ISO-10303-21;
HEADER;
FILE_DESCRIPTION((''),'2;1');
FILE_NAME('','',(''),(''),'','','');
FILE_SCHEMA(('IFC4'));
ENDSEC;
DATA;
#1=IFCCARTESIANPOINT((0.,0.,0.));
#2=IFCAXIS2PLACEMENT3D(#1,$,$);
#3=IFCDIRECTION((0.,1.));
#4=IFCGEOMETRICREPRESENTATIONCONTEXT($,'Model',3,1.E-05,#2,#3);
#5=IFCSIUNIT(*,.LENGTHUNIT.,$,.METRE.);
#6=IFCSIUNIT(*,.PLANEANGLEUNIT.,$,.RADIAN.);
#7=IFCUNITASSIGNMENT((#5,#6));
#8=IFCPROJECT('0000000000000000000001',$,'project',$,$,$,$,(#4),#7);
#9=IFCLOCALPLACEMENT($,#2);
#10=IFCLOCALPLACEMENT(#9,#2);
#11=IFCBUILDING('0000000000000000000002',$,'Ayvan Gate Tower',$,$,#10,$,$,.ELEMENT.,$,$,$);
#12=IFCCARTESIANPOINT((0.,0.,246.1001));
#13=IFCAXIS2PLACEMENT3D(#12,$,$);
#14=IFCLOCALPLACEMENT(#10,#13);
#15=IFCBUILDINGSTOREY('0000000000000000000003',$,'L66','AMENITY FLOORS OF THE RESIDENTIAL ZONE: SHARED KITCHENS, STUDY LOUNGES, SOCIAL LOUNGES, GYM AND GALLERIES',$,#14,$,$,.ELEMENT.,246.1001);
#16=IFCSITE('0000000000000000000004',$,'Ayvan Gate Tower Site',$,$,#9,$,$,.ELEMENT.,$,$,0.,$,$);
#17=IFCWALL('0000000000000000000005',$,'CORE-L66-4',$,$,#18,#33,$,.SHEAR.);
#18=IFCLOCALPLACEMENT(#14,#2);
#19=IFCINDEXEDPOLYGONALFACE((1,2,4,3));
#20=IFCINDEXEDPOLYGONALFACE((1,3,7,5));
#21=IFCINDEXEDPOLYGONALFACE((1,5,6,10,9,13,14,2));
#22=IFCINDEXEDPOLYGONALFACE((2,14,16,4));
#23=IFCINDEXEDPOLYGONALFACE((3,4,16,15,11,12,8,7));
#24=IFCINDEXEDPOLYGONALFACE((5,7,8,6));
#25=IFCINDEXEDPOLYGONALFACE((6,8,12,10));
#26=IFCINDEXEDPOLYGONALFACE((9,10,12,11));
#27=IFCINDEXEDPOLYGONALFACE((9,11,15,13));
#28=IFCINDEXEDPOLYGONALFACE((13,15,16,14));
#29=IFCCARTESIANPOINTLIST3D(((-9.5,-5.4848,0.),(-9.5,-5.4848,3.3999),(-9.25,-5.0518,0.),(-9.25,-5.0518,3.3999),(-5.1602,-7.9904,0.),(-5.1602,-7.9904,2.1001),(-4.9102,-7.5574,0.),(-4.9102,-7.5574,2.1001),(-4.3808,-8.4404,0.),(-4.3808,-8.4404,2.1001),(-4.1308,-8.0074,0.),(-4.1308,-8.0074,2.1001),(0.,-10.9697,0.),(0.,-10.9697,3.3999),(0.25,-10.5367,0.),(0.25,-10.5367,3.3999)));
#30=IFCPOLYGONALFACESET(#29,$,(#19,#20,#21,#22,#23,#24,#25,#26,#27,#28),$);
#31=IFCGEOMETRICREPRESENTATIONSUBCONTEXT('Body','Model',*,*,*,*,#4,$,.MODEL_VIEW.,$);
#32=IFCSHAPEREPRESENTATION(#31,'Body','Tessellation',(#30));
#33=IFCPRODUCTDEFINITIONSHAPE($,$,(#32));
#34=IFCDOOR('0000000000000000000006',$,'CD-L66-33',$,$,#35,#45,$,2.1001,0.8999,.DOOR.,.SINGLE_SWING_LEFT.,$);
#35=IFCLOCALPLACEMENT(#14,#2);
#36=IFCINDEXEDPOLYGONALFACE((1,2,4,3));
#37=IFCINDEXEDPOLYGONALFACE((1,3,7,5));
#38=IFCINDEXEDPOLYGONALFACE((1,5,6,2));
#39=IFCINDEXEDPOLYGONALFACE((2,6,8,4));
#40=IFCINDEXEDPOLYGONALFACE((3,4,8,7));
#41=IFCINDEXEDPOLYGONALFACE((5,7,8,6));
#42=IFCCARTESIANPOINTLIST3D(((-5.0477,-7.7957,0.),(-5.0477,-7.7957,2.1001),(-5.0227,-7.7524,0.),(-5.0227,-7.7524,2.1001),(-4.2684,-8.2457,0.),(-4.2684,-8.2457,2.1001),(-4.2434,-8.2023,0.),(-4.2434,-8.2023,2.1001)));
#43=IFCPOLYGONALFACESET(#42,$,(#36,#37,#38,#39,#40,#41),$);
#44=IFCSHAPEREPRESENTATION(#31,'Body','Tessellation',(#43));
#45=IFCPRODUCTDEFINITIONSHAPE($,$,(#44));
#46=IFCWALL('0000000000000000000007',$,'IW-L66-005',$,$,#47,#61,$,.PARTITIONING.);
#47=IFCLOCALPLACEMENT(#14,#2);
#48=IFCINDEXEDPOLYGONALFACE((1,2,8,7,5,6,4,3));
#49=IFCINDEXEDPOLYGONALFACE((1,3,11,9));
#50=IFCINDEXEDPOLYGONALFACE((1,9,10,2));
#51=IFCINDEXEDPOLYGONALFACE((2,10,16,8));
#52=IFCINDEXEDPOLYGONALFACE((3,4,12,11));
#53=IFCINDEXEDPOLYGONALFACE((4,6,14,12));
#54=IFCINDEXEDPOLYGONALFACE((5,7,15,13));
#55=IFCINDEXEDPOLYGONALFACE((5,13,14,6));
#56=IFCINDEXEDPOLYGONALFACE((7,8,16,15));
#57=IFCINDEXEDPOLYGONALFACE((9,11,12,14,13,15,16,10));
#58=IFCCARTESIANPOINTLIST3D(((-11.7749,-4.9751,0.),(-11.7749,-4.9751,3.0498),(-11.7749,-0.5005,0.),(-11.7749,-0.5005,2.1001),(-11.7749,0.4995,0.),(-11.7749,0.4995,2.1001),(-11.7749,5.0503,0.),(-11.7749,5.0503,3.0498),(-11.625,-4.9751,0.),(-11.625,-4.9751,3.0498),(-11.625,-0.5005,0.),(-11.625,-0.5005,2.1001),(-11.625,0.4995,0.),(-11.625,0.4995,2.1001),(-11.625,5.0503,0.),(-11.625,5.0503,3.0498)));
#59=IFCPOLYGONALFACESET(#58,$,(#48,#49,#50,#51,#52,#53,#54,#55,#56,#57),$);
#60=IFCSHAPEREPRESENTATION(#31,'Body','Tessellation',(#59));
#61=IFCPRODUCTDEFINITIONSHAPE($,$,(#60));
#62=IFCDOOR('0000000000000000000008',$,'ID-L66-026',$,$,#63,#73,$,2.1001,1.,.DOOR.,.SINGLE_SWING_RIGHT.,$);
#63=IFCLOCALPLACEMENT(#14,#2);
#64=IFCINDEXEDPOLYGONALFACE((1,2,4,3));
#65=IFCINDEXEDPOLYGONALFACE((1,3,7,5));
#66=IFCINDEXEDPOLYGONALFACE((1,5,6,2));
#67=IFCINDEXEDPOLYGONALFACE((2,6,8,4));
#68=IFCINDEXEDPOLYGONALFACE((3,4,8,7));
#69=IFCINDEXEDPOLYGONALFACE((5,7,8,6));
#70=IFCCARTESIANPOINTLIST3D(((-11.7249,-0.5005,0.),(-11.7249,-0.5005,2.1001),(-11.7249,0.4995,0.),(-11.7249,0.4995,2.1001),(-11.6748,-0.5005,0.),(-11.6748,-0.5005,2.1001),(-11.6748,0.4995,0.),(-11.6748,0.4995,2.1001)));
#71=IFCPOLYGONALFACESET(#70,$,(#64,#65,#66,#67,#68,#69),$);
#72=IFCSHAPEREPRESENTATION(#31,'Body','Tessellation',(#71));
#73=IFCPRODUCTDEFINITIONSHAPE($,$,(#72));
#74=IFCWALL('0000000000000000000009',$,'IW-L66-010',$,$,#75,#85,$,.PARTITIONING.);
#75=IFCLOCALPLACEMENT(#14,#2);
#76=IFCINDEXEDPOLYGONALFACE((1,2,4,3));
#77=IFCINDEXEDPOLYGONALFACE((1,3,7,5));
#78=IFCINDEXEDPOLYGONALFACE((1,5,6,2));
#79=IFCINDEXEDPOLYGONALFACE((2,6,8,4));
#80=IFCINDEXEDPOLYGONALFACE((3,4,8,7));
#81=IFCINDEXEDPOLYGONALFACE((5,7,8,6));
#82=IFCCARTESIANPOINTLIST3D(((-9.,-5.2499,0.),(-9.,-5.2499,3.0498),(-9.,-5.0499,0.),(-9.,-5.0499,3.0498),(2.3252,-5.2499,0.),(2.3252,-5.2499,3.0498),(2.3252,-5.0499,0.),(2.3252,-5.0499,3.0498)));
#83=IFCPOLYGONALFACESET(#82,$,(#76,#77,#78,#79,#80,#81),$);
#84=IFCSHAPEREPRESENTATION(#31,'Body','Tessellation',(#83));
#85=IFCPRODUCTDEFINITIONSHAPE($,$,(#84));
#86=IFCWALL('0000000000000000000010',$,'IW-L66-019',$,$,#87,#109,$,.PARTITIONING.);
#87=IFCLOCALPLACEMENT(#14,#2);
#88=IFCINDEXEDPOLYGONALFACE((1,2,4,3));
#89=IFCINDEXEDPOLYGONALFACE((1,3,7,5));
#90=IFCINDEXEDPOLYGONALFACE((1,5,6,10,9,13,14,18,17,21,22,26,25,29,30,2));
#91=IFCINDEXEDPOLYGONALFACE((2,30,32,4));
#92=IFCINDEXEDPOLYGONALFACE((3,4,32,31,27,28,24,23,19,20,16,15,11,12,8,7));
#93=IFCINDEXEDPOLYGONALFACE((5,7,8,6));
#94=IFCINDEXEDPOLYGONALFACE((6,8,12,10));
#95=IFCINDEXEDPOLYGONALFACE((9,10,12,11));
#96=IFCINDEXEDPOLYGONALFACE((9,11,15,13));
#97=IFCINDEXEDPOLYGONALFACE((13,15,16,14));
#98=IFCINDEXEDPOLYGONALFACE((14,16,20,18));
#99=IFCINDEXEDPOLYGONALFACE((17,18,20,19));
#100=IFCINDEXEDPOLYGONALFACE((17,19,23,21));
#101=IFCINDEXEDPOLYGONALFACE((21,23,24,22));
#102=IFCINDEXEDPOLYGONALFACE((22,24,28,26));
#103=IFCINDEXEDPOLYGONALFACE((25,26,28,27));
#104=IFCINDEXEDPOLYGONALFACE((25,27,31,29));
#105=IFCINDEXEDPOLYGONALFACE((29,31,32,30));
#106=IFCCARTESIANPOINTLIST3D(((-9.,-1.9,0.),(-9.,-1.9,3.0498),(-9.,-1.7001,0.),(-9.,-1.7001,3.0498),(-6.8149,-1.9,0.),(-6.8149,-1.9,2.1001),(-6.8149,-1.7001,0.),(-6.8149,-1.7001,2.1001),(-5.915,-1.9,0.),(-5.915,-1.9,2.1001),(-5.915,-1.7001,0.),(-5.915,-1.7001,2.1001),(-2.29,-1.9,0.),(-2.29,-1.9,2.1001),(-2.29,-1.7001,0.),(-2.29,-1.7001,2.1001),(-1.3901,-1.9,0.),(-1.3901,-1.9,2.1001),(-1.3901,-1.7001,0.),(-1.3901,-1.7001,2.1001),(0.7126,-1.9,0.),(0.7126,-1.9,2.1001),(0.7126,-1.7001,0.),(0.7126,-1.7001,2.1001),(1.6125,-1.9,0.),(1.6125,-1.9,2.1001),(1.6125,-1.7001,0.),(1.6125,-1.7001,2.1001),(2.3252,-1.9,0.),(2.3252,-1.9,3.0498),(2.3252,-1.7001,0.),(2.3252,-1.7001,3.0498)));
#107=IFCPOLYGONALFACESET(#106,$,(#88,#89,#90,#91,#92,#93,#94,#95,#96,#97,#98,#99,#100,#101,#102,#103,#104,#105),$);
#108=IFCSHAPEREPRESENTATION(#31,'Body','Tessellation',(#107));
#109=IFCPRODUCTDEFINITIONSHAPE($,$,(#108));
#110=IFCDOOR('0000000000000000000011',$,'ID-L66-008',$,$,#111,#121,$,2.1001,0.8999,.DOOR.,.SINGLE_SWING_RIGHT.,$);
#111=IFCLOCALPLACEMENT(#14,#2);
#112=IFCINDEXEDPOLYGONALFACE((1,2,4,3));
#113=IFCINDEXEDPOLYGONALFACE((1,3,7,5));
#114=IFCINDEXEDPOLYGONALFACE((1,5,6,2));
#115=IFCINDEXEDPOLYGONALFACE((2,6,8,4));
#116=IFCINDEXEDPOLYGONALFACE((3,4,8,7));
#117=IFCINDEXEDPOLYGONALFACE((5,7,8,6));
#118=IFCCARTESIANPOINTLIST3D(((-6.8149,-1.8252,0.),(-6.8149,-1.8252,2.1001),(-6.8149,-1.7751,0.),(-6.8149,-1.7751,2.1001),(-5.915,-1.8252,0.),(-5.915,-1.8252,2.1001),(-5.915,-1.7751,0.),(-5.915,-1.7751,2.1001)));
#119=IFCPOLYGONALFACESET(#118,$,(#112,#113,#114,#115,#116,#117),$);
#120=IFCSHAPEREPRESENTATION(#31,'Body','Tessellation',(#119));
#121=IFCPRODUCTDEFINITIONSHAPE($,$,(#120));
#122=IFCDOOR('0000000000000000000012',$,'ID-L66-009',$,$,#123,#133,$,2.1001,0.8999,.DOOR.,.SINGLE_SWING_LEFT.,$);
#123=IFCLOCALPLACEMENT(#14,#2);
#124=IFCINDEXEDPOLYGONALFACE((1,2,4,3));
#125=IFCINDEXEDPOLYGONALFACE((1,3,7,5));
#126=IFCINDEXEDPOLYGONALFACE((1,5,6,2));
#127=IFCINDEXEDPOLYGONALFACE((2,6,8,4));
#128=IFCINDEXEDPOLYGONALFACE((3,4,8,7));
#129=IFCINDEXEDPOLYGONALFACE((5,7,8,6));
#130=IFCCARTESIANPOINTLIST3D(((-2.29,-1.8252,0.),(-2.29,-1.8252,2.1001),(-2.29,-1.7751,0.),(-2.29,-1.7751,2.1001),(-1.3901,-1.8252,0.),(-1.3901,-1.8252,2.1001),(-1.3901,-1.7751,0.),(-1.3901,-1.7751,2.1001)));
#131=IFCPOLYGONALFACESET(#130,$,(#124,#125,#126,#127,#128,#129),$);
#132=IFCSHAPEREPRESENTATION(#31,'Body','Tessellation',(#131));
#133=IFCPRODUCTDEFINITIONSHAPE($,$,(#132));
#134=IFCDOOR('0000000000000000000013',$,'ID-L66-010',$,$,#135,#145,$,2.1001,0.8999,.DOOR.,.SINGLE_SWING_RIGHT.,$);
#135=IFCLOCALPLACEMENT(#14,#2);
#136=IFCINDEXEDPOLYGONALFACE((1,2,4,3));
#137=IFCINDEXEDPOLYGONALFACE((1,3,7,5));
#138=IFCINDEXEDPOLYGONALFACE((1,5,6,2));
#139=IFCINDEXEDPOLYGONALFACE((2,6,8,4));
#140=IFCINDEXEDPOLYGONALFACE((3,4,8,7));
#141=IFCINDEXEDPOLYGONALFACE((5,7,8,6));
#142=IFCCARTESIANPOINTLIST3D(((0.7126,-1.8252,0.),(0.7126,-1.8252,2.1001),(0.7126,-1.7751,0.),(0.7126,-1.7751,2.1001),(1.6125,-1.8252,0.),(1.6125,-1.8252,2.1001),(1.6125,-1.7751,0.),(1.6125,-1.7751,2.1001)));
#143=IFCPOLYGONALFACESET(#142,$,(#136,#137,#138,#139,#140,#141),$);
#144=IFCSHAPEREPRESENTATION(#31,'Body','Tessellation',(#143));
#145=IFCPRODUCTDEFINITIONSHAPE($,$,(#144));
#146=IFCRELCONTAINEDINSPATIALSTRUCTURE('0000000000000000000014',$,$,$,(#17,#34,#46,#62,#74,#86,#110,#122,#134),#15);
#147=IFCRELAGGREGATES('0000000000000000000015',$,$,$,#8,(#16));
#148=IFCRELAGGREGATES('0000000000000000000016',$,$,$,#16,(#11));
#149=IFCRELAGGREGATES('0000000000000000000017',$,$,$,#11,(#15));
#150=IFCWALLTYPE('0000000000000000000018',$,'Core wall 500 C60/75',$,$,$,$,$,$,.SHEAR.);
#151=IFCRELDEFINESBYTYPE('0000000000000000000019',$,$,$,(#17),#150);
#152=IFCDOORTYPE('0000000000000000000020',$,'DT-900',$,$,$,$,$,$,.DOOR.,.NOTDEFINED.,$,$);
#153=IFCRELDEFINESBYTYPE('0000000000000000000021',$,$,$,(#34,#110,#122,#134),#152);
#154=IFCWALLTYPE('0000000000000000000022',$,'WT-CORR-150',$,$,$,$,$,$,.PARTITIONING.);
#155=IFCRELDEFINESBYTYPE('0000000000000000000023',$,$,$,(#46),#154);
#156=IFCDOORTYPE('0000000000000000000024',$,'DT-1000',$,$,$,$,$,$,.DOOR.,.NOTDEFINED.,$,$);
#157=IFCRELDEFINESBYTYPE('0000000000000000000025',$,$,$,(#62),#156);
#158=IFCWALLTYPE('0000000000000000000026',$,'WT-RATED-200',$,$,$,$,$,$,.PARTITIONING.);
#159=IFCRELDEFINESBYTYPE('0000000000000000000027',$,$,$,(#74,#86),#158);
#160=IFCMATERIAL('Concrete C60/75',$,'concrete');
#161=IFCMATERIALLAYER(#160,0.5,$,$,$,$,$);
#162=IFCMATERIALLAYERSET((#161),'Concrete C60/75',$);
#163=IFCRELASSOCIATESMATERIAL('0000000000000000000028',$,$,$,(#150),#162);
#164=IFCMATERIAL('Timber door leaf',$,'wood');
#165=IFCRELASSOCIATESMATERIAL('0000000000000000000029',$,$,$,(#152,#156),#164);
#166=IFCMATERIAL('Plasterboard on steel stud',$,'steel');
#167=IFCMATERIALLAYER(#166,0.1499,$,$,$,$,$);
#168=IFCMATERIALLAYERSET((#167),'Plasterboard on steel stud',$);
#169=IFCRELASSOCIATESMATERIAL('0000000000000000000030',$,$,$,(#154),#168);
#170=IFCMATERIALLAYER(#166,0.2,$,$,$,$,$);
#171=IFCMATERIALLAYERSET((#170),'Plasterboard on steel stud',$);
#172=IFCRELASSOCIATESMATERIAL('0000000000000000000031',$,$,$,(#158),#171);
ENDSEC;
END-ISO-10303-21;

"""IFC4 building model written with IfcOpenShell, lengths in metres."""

from ifc_helpers import new_model, si_unit, direction, frame, frame_2d, origin, place, context, subcontext, project, spatial, rectangle, extrude, material, layer, layer_set, type_object, element, fill, save


model = new_model("IFC4")

# Units and contexts
model_context = context("Model", 3, precision=1e-05, world=origin(), true_north=direction((0.0, 1.0)))
body_context = subcontext(model_context, "Body", "Model", "MODEL_VIEW")
ifc_project = project(units=[si_unit("LENGTHUNIT", "METRE"), si_unit("PLANEANGLEUNIT", "RADIAN")], contexts=[model_context])

# Site, building, storey
site_placement = place(None, origin())
site = spatial("IfcSite", under=ifc_project, at=site_placement, Name="Ayvan Gate Tower Site", CompositionType="ELEMENT", RefElevation=0.0)
building_placement = place(site_placement, origin())
building = spatial("IfcBuilding", under=site, at=building_placement, Name="Ayvan Gate Tower", CompositionType="ELEMENT")
storey_placement = place(building_placement, frame((0.0, 0.0, 246.1001)))
storey = spatial("IfcBuildingStorey", under=building, at=storey_placement, Name="L66", Description="AMENITY FLOORS OF THE RESIDENTIAL ZONE: SHARED KITCHENS, STUDY LOUNGES, SOCIAL LOUNGES, GYM AND GALLERIES", CompositionType="ELEMENT", Elevation=246.1001)

# Walls, openings, doors
ifc_material_1 = material(Name="Concrete C60/75", Category="concrete")
ifc_layer_1 = layer(ifc_material_1, 0.5)
ifc_layer_set_1 = layer_set([ifc_layer_1], Name="Concrete C60/75")
wall_type_1 = type_object("IfcWallType", Name="Core wall 500 C60/75", PredefinedType="SHEAR", material=ifc_layer_set_1)
wall_1_placement = place(storey_placement, frame((-9.375, -5.2683, 0.0), z_axis=(0.0, 0.0, 1.0), x_axis=(0.866024, -0.500002, 0.0)))
wall_1 = element("IfcWall", 1, at=wall_1_placement, inside=storey, type_object=wall_type_1, Name="CORE-L66-4", PredefinedType="SHEAR", context=body_context, shape_type="SweptSolid", body=[
    extrude(rectangle(XDim=10.9697, YDim=0.5, at=frame_2d((5.4849, 0.0))), origin(), (0.0, 0.0, 1.0), 3.3999),
])
opening_1_placement = place(wall_1_placement, frame((5.0112, 0.0, 0.0)))
opening_1 = element("IfcOpeningElement", 2, at=opening_1_placement, cuts=wall_1, PredefinedType="OPENING", context=body_context, shape_type="SweptSolid", body=[
    extrude(rectangle(XDim=0.8999, YDim=2.1001, at=frame_2d((0.45, 1.05))), frame((0.0, 0.26, 0.0), z_axis=(0.0, -1.0, 0.0), x_axis=(1.0, 0.0, 0.0)), (0.0, 0.0, 1.0), 0.52),
])
ifc_material_2 = material(Name="Timber door leaf", Category="wood")
door_type_1 = type_object("IfcDoorType", Name="DT-900", OperationType="NOTDEFINED", PredefinedType="DOOR", material=ifc_material_2)
door_1_placement = place(opening_1_placement, origin())
door_1 = element("IfcDoor", 3, at=door_1_placement, inside=storey, type_object=door_type_1, Name="CD-L66-33", OperationType="SINGLE_SWING_LEFT", OverallHeight=2.1001, OverallWidth=0.8999, PredefinedType="DOOR", context=body_context, shape_type="SweptSolid", body=[
    extrude(rectangle(XDim=0.8999, YDim=2.1001, at=frame_2d((0.45, 1.05))), frame((0.0, 0.0249, 0.0), z_axis=(0.0, -1.0, 0.0), x_axis=(1.0, 0.0, 0.0)), (0.0, 0.0, 1.0), 0.05),
])
fill(opening_1, door_1)
ifc_material_3 = material(Name="Plasterboard on steel stud", Category="steel")
ifc_layer_2 = layer(ifc_material_3, 0.1499)
ifc_layer_set_2 = layer_set([ifc_layer_2], Name="Plasterboard on steel stud")
wall_type_2 = type_object("IfcWallType", Name="WT-CORR-150", PredefinedType="PARTITIONING", material=ifc_layer_set_2)
wall_2_placement = place(storey_placement, frame((-11.7, -4.9751, 0.0), z_axis=(0.0, 0.0, 1.0), x_axis=(0.0, 1.0, 0.0)))
wall_2 = element("IfcWall", 4, at=wall_2_placement, inside=storey, type_object=wall_type_2, Name="IW-L66-005", PredefinedType="PARTITIONING", context=body_context, shape_type="SweptSolid", body=[
    extrude(rectangle(XDim=10.0254, YDim=0.1499, at=frame_2d((5.0127, 0.0))), origin(), (0.0, 0.0, 1.0), 3.0498),
])
opening_2_placement = place(wall_2_placement, frame((4.4746, 0.0, 0.0)))
opening_2 = element("IfcOpeningElement", 5, at=opening_2_placement, cuts=wall_2, PredefinedType="OPENING", context=body_context, shape_type="SweptSolid", body=[
    extrude(rectangle(XDim=1.0, YDim=2.1001, at=frame_2d((0.5, 1.05))), frame((0.0, 0.085, 0.0), z_axis=(0.0, -1.0, 0.0), x_axis=(1.0, 0.0, 0.0)), (0.0, 0.0, 1.0), 0.1699),
])
door_type_2 = type_object("IfcDoorType", Name="DT-1000", OperationType="NOTDEFINED", PredefinedType="DOOR", material=ifc_material_2)
door_2_placement = place(opening_2_placement, origin())
door_2 = element("IfcDoor", 6, at=door_2_placement, inside=storey, type_object=door_type_2, Name="ID-L66-026", OperationType="SINGLE_SWING_RIGHT", OverallHeight=2.1001, OverallWidth=1.0, PredefinedType="DOOR", context=body_context, shape_type="SweptSolid", body=[
    extrude(rectangle(XDim=1.0, YDim=2.1001, at=frame_2d((0.5, 1.05))), frame((0.0, 0.0249, 0.0), z_axis=(0.0, -1.0, 0.0), x_axis=(1.0, 0.0, 0.0)), (0.0, 0.0, 1.0), 0.05),
])
fill(opening_2, door_2)

# Wall
ifc_layer_3 = layer(ifc_material_3, 0.2)
ifc_layer_set_3 = layer_set([ifc_layer_3], Name="Plasterboard on steel stud")
wall_type_3 = type_object("IfcWallType", Name="WT-RATED-200", PredefinedType="PARTITIONING", material=ifc_layer_set_3)
wall_3_placement = place(storey_placement, frame((-9.0, -5.1499, 0.0), z_axis=(0.0, 0.0, 1.0), x_axis=(1.0, 0.0, 0.0)))
element("IfcWall", 7, at=wall_3_placement, inside=storey, type_object=wall_type_3, Name="IW-L66-010", PredefinedType="PARTITIONING", context=body_context, shape_type="SweptSolid", body=[
    extrude(rectangle(XDim=11.3252, YDim=0.2, at=frame_2d((5.6626, 0.0))), origin(), (0.0, 0.0, 1.0), 3.0498),
])

# Wall, openings, doors
wall_4_placement = place(storey_placement, frame((-9.0, -1.8, 0.0), z_axis=(0.0, 0.0, 1.0), x_axis=(1.0, 0.0, 0.0)))
wall_4 = element("IfcWall", 8, at=wall_4_placement, inside=storey, type_object=wall_type_3, Name="IW-L66-019", PredefinedType="PARTITIONING", context=body_context, shape_type="SweptSolid", body=[
    extrude(rectangle(XDim=11.3252, YDim=0.2, at=frame_2d((5.6626, 0.0))), origin(), (0.0, 0.0, 1.0), 3.0498),
])
opening_3_placement = place(wall_4_placement, frame((2.1851, 0.0, 0.0)))
opening_3 = element("IfcOpeningElement", 9, at=opening_3_placement, cuts=wall_4, PredefinedType="OPENING", context=body_context, shape_type="SweptSolid", body=[
    extrude(rectangle(XDim=0.8999, YDim=2.1001, at=frame_2d((0.45, 1.05))), frame((0.0, 0.1099, 0.0), z_axis=(0.0, -1.0, 0.0), x_axis=(1.0, 0.0, 0.0)), (0.0, 0.0, 1.0), 0.22),
])
opening_4_placement = place(wall_4_placement, frame((6.71, 0.0, 0.0)))
opening_4 = element("IfcOpeningElement", 10, at=opening_4_placement, cuts=wall_4, PredefinedType="OPENING", context=body_context, shape_type="SweptSolid", body=[
    extrude(rectangle(XDim=0.8999, YDim=2.1001, at=frame_2d((0.45, 1.05))), frame((0.0, 0.1099, 0.0), z_axis=(0.0, -1.0, 0.0), x_axis=(1.0, 0.0, 0.0)), (0.0, 0.0, 1.0), 0.22),
])
opening_5_placement = place(wall_4_placement, frame((9.7126, 0.0, 0.0)))
opening_5 = element("IfcOpeningElement", 11, at=opening_5_placement, cuts=wall_4, PredefinedType="OPENING", context=body_context, shape_type="SweptSolid", body=[
    extrude(rectangle(XDim=0.8999, YDim=2.1001, at=frame_2d((0.45, 1.05))), frame((0.0, 0.1099, 0.0), z_axis=(0.0, -1.0, 0.0), x_axis=(1.0, 0.0, 0.0)), (0.0, 0.0, 1.0), 0.22),
])
door_3_placement = place(opening_3_placement, origin())
door_3 = element("IfcDoor", 12, at=door_3_placement, inside=storey, type_object=door_type_1, Name="ID-L66-008", OperationType="SINGLE_SWING_RIGHT", OverallHeight=2.1001, OverallWidth=0.8999, PredefinedType="DOOR", context=body_context, shape_type="SweptSolid", body=[
    extrude(rectangle(XDim=0.8999, YDim=2.1001, at=frame_2d((0.45, 1.05))), frame((0.0, 0.0249, 0.0), z_axis=(0.0, -1.0, 0.0), x_axis=(1.0, 0.0, 0.0)), (0.0, 0.0, 1.0), 0.05),
])
fill(opening_3, door_3)
door_4_placement = place(opening_4_placement, origin())
door_4 = element("IfcDoor", 13, at=door_4_placement, inside=storey, type_object=door_type_1, Name="ID-L66-009", OperationType="SINGLE_SWING_LEFT", OverallHeight=2.1001, OverallWidth=0.8999, PredefinedType="DOOR", context=body_context, shape_type="SweptSolid", body=[
    extrude(rectangle(XDim=0.8999, YDim=2.1001, at=frame_2d((0.45, 1.05))), frame((0.0, 0.0249, 0.0), z_axis=(0.0, -1.0, 0.0), x_axis=(1.0, 0.0, 0.0)), (0.0, 0.0, 1.0), 0.05),
])
fill(opening_4, door_4)
door_5_placement = place(opening_5_placement, origin())
door_5 = element("IfcDoor", 14, at=door_5_placement, inside=storey, type_object=door_type_1, Name="ID-L66-010", OperationType="SINGLE_SWING_RIGHT", OverallHeight=2.1001, OverallWidth=0.8999, PredefinedType="DOOR", context=body_context, shape_type="SweptSolid", body=[
    extrude(rectangle(XDim=0.8999, YDim=2.1001, at=frame_2d((0.45, 1.05))), frame((0.0, 0.0249, 0.0), z_axis=(0.0, -1.0, 0.0), x_axis=(1.0, 0.0, 0.0)), (0.0, 0.0, 1.0), 0.05),
])
fill(opening_5, door_5)

save(model, "model.ifc")
